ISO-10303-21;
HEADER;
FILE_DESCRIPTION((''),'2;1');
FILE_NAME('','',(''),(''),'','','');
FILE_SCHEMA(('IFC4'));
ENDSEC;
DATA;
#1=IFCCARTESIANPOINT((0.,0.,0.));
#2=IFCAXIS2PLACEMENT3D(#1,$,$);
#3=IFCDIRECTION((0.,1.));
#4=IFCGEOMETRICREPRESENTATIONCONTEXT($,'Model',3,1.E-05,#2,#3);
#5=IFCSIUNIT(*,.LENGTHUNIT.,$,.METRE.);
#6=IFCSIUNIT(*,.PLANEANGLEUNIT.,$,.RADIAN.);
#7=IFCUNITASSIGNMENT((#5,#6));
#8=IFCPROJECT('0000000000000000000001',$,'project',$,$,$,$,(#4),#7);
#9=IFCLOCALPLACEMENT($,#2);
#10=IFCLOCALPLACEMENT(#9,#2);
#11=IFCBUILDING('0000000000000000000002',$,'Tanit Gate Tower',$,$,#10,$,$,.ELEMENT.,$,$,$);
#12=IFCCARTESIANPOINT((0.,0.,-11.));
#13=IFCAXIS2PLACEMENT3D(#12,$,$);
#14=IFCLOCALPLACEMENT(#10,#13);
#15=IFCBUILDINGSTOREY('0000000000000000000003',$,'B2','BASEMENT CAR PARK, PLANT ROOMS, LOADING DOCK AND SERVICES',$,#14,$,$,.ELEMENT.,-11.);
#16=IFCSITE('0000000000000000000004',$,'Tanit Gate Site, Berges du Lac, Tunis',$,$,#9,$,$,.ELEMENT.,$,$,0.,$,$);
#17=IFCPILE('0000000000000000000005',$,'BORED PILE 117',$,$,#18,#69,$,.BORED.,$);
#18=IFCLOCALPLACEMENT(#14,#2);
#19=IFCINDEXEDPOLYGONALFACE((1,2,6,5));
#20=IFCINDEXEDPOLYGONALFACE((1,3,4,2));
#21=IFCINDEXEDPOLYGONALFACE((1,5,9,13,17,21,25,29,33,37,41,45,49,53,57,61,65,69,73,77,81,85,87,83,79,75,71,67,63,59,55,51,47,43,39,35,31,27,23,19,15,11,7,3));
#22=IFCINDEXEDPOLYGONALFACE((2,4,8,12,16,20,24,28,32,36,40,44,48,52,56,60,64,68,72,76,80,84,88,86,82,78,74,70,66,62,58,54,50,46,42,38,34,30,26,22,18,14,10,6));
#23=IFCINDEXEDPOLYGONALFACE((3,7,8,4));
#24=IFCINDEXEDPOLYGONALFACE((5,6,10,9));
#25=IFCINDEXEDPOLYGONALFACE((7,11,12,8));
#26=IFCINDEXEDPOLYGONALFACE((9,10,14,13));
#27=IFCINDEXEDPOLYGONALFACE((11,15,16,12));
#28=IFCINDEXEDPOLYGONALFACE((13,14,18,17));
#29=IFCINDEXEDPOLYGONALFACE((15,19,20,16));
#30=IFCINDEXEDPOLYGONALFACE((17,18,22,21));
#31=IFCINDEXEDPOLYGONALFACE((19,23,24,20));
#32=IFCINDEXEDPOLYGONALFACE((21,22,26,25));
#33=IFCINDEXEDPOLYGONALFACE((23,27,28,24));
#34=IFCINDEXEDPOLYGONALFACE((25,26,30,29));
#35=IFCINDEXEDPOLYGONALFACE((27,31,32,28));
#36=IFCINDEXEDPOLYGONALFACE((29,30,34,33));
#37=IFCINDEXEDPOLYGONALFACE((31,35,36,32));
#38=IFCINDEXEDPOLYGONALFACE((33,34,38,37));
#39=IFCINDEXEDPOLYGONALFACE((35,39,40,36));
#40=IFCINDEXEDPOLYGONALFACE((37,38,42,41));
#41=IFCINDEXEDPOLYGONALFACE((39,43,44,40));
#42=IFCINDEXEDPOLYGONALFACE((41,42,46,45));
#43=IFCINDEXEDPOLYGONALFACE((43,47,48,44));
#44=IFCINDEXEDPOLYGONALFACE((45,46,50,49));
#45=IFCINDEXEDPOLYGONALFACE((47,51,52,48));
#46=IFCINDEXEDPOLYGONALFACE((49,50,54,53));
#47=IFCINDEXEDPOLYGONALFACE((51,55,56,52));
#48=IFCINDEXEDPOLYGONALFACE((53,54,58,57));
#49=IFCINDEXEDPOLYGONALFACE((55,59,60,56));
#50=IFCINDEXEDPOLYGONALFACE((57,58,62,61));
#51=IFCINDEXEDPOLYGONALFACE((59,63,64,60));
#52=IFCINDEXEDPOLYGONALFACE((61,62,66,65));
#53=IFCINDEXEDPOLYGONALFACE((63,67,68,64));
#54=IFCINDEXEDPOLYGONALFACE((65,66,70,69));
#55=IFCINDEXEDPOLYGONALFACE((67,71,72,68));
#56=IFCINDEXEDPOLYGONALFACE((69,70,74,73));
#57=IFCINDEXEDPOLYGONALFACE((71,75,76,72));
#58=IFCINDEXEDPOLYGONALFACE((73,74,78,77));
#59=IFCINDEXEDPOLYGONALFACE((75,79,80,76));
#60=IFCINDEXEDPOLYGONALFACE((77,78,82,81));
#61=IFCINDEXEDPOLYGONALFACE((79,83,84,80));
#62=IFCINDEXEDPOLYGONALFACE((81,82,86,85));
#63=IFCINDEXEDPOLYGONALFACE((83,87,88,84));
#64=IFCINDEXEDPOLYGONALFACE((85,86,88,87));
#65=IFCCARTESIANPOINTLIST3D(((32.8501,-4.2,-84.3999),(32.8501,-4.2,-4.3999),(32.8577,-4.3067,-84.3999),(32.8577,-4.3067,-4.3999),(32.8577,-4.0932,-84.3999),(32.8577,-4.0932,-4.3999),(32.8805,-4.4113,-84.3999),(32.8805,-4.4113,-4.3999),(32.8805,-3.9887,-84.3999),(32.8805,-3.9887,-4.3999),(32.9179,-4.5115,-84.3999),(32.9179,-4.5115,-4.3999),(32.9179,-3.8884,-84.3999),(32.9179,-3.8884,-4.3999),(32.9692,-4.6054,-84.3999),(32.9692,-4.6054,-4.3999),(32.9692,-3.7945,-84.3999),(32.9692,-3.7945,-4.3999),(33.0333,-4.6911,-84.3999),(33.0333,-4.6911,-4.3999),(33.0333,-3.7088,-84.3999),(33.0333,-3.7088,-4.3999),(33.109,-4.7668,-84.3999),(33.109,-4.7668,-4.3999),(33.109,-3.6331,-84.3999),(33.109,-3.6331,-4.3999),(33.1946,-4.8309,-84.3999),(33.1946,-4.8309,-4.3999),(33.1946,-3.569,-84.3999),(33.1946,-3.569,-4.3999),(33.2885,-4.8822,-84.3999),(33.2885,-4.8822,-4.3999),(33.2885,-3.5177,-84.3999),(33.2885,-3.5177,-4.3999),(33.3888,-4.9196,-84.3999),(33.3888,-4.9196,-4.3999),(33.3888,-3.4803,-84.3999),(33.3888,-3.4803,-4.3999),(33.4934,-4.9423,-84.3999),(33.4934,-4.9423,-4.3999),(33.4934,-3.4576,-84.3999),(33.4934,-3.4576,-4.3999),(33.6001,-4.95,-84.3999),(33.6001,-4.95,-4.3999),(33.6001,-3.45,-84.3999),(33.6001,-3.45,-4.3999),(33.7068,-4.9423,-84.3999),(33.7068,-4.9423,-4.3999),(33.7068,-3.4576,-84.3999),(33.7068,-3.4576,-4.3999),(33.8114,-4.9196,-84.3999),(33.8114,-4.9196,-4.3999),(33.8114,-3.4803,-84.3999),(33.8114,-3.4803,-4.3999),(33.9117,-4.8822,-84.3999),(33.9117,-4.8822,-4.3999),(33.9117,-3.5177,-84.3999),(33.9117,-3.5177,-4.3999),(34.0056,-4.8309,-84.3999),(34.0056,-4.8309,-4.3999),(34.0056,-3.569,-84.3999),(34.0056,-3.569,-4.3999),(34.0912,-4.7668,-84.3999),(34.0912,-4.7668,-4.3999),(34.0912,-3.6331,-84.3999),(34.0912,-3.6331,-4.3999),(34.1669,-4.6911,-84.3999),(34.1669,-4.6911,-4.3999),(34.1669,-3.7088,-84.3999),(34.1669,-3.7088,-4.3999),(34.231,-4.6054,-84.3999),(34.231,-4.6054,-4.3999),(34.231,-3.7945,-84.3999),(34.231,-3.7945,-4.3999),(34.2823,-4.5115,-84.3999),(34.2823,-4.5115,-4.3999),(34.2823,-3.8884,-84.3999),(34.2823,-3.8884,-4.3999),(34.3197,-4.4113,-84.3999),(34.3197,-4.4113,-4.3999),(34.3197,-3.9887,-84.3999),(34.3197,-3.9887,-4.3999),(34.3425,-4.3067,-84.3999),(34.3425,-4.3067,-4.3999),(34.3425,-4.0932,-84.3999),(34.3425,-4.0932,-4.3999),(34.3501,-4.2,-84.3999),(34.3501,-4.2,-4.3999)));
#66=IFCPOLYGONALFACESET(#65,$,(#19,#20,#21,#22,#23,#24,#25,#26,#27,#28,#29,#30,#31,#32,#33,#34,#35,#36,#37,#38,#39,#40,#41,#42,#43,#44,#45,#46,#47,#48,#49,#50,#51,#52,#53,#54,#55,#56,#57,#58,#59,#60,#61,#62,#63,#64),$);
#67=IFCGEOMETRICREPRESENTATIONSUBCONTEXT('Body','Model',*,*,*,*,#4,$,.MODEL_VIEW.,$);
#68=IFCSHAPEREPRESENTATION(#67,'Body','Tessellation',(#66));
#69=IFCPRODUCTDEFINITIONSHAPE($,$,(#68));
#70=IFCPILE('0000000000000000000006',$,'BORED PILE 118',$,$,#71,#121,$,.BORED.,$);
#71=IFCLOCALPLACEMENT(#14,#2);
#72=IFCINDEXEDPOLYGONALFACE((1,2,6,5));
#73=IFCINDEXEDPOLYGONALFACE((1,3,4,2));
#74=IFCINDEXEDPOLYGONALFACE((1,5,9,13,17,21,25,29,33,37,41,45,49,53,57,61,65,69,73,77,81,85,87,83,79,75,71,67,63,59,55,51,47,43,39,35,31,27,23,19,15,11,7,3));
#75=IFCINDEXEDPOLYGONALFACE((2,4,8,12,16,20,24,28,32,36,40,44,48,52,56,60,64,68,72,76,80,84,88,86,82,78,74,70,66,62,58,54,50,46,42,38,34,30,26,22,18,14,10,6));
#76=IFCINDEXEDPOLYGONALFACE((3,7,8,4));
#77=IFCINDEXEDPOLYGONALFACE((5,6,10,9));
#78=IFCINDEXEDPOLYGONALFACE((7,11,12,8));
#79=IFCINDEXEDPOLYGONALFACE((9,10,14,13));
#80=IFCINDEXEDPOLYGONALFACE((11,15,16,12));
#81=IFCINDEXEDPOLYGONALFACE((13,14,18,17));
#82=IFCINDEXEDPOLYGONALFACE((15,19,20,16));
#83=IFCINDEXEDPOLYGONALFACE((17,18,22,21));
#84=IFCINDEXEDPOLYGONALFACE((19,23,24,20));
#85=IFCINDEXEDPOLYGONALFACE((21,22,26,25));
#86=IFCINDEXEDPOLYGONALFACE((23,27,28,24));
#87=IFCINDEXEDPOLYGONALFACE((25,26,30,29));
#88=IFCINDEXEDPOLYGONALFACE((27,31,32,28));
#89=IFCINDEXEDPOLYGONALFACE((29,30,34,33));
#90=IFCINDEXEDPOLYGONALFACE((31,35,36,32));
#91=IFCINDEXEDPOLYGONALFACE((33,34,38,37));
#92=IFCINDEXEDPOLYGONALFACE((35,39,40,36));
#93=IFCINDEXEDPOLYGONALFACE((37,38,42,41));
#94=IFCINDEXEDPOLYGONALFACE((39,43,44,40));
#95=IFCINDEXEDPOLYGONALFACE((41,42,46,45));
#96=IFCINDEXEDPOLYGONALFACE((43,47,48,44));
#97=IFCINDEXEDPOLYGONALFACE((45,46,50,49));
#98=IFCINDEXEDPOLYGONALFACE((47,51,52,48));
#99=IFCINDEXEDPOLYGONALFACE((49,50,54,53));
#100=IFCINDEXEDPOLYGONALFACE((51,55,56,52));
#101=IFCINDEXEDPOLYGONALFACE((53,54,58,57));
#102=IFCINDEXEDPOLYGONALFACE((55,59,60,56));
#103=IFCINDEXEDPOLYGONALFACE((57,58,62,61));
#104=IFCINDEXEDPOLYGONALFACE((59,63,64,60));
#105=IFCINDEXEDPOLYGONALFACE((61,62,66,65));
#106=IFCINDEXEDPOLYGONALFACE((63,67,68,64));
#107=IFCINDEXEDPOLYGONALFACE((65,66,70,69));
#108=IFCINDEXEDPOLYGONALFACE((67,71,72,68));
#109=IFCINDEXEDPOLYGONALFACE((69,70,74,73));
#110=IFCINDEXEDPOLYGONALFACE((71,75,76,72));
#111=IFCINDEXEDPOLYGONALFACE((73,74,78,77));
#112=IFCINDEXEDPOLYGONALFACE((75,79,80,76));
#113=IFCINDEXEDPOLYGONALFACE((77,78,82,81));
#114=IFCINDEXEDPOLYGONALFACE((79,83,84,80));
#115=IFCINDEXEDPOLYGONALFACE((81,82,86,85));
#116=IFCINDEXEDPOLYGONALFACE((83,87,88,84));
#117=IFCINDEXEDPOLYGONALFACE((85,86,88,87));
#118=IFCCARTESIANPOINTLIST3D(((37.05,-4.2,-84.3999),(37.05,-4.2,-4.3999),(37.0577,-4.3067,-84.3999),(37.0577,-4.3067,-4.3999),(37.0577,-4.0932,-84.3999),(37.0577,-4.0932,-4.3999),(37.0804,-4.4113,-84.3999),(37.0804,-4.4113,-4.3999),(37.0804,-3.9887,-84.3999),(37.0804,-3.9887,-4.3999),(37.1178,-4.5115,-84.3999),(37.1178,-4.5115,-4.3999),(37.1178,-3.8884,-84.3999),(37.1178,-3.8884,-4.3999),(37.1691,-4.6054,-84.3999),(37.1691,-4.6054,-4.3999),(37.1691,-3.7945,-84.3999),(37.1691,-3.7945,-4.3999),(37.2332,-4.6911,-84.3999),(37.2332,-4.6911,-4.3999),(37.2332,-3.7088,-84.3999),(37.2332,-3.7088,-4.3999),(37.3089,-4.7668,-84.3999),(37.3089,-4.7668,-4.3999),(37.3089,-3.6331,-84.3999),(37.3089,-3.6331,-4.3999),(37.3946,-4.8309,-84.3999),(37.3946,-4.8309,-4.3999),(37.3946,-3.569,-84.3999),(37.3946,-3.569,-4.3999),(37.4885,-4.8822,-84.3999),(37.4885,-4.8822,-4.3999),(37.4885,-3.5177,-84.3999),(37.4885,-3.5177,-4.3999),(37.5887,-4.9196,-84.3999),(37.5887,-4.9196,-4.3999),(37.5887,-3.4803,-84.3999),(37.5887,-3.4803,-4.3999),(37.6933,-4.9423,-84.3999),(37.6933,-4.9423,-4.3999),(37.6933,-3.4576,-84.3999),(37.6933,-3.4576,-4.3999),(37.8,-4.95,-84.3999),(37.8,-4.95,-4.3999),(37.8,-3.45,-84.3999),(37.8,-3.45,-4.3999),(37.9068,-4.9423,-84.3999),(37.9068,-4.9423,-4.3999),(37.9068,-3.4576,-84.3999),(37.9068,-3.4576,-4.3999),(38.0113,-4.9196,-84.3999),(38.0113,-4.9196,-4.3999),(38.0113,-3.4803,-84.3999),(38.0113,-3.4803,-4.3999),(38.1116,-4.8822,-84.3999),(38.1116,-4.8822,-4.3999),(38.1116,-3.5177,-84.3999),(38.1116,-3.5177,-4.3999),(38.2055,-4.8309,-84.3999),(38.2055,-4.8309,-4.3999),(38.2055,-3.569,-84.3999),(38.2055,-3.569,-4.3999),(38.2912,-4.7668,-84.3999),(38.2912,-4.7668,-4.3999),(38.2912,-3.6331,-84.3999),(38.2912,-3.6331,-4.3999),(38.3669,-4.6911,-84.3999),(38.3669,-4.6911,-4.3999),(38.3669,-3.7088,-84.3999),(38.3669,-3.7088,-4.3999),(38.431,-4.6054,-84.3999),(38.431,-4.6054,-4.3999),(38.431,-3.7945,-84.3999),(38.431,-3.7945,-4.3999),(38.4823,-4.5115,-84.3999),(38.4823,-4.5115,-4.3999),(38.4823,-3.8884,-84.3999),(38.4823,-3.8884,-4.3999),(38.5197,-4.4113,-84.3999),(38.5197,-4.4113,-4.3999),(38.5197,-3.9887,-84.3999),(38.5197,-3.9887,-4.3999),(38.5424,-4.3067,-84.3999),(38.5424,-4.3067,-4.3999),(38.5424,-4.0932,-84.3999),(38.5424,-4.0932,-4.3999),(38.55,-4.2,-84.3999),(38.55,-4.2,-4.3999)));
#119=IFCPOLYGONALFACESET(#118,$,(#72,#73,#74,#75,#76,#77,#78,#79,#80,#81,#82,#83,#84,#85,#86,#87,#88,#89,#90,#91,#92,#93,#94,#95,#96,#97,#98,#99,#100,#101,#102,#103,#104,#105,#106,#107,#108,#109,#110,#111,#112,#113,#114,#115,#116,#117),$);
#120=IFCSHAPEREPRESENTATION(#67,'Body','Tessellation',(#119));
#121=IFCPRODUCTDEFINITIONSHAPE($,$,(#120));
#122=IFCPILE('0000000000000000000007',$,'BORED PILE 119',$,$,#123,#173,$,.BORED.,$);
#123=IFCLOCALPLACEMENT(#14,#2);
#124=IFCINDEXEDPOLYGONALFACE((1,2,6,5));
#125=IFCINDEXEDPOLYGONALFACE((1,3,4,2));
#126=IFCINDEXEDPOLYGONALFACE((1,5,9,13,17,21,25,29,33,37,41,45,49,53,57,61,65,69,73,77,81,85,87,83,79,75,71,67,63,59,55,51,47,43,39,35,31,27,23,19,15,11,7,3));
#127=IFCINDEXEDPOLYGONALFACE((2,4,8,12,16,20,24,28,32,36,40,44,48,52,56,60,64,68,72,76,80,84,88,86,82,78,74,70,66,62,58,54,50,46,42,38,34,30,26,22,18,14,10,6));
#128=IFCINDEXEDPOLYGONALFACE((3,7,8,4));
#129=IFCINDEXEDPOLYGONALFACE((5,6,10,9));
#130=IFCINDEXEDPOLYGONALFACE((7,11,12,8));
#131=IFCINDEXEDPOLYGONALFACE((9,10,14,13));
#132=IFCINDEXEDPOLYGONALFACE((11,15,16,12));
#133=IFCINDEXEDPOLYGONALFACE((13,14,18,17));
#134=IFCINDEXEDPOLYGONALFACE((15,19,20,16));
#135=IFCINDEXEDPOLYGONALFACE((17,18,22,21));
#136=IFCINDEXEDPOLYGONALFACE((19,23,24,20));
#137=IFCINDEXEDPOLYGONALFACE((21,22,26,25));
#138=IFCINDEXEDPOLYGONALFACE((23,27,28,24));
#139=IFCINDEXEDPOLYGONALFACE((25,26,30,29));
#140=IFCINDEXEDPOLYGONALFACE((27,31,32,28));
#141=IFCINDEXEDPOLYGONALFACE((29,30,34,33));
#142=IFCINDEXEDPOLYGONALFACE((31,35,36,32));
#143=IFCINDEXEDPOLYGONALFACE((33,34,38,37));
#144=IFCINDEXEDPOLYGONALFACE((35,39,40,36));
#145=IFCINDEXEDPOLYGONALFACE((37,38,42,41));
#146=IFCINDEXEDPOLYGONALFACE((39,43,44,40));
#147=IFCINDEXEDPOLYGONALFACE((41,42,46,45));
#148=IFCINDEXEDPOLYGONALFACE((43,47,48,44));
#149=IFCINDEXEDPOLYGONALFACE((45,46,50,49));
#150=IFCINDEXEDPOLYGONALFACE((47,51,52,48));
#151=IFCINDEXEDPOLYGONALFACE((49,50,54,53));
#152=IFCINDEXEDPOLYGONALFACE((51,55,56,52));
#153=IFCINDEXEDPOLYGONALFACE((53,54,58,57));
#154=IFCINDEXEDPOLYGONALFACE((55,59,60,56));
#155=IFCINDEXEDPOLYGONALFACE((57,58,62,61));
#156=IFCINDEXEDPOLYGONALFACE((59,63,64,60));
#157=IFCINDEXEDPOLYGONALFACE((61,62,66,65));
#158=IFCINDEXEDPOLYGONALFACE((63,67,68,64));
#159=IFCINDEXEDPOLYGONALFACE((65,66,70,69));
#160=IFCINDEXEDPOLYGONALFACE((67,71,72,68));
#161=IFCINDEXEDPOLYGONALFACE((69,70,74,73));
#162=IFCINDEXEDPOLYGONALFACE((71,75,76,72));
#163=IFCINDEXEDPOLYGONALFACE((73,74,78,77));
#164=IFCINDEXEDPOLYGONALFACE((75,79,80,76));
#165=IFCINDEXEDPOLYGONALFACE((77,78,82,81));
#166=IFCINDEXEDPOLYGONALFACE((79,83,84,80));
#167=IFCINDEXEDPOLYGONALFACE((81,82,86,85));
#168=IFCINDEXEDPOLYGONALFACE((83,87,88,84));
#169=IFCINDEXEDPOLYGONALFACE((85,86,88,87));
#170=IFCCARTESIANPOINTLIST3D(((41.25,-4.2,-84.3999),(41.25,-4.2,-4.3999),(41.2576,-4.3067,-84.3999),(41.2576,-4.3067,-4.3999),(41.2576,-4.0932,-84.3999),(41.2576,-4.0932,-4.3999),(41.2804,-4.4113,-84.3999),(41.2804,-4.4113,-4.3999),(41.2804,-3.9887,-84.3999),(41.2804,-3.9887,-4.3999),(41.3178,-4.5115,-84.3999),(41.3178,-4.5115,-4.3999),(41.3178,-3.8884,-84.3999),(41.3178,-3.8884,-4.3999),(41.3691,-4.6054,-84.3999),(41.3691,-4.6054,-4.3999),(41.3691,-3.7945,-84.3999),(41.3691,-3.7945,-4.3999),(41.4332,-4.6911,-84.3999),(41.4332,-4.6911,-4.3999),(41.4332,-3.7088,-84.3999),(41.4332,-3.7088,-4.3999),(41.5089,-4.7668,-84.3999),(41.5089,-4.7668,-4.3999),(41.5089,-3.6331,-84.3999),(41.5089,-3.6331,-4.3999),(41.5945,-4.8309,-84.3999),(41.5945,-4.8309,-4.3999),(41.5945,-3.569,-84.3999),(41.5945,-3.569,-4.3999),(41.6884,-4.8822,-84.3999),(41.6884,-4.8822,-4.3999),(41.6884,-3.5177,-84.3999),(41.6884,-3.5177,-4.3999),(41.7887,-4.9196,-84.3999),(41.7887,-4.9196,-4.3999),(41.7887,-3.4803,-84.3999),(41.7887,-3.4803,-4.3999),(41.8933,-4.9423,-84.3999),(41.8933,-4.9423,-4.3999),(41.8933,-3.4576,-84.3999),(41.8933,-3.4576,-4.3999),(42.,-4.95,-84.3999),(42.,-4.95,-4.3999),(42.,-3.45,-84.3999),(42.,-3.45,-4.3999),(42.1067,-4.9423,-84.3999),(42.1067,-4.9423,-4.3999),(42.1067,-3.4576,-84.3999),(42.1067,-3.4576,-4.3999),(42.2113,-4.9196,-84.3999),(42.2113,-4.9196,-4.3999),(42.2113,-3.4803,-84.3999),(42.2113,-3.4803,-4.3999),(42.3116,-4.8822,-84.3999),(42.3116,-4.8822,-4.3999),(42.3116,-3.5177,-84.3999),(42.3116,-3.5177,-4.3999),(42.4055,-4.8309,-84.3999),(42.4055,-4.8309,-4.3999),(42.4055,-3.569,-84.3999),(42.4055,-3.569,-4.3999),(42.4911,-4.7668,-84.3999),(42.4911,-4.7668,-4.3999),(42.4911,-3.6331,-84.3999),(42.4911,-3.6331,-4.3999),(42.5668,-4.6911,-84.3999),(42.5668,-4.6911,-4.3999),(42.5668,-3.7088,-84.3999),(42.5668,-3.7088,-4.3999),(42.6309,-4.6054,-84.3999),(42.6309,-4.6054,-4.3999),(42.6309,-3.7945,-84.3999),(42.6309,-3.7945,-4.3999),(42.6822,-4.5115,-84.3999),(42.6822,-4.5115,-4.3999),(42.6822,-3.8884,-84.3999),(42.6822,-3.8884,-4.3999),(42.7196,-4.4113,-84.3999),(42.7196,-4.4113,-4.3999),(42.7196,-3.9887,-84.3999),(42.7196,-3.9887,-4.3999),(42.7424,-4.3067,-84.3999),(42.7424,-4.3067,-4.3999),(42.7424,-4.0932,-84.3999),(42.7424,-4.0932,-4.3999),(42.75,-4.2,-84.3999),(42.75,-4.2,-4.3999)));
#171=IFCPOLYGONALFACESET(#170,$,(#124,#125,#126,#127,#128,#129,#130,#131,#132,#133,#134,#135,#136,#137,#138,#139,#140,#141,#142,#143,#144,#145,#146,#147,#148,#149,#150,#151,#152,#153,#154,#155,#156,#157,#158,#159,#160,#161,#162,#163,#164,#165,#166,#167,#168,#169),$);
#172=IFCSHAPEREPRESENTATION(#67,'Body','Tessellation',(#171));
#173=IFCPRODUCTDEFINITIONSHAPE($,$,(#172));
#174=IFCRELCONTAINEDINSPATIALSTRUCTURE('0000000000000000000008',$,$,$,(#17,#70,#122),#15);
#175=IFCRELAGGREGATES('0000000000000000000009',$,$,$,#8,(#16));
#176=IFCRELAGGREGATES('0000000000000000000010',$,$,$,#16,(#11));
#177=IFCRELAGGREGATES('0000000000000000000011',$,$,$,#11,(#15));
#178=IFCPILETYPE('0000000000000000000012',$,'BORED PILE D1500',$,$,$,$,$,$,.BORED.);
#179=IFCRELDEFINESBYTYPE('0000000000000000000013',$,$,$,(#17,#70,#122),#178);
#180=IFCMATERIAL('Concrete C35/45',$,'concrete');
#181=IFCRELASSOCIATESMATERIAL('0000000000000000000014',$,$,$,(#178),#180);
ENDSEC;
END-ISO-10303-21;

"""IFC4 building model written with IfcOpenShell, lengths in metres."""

from ifc_helpers import new_model, si_unit, direction, frame, origin, origin_2d, place, context, subcontext, project, spatial, circle, extrude, material, material_profile, profile_set, type_object, element, save


model = new_model("IFC4")

# Units and contexts
model_context = context("Model", 3, precision=1e-05, world=origin(), true_north=direction((0.0, 1.0)))
body_context = subcontext(model_context, "Body", "Model", "MODEL_VIEW")
ifc_project = project(units=[si_unit("LENGTHUNIT", "METRE"), si_unit("PLANEANGLEUNIT", "RADIAN")], contexts=[model_context])

# Site, building, storey
site_placement = place(None, origin())
site = spatial("IfcSite", under=ifc_project, at=site_placement, Name="Tanit Gate Site, Berges du Lac, Tunis", CompositionType="ELEMENT", RefElevation=0.0)
building_placement = place(site_placement, origin())
building = spatial("IfcBuilding", under=site, at=building_placement, Name="Tanit Gate Tower", CompositionType="ELEMENT")
storey_placement = place(building_placement, frame((0.0, 0.0, -11.0)))
storey = spatial("IfcBuildingStorey", under=building, at=storey_placement, Name="B2", Description="BASEMENT CAR PARK, PLANT ROOMS, LOADING DOCK AND SERVICES", CompositionType="ELEMENT", Elevation=-11.0)

# Piles
ifc_material_1 = material(Name="Concrete C35/45", Category="concrete")
ifc_material_profile_1 = material_profile(ifc_material_1, circle(Radius=0.75, at=origin_2d()), Name="BORED PILE D1500 C35/45")
ifc_profile_set_1 = profile_set([ifc_material_profile_1], Name="Concrete C35/45")
pile_type = type_object("IfcPileType", Name="BORED PILE D1500", PredefinedType="BORED", material=ifc_profile_set_1)
for number, where, z_axis, x_axis, name in (
    (1, (33.6001, -4.2, -4.3999), (0.0, 0.0, -1.0), (1.0, 0.0, 0.0), "BORED PILE 117"),
    (2, (37.8, -4.2, -4.3999), (0.0, 0.0, -1.0), (1.0, 0.0, 0.0), "BORED PILE 118"),
    (3, (42.0, -4.2, -4.3999), (0.0, 0.0, -1.0), (1.0, 0.0, 0.0), "BORED PILE 119"),
):
    element("IfcPile", number, at=place(storey_placement, frame(where, z_axis=z_axis, x_axis=x_axis)), inside=storey, type_object=pile_type, Name=name, PredefinedType="BORED", context=body_context, shape_type="SweptSolid", body=[
        extrude(circle(Radius=0.75, at=origin_2d()), origin(), (0.0, 0.0, 1.0), 80.0),
    ])

save(model, "model.ifc")
